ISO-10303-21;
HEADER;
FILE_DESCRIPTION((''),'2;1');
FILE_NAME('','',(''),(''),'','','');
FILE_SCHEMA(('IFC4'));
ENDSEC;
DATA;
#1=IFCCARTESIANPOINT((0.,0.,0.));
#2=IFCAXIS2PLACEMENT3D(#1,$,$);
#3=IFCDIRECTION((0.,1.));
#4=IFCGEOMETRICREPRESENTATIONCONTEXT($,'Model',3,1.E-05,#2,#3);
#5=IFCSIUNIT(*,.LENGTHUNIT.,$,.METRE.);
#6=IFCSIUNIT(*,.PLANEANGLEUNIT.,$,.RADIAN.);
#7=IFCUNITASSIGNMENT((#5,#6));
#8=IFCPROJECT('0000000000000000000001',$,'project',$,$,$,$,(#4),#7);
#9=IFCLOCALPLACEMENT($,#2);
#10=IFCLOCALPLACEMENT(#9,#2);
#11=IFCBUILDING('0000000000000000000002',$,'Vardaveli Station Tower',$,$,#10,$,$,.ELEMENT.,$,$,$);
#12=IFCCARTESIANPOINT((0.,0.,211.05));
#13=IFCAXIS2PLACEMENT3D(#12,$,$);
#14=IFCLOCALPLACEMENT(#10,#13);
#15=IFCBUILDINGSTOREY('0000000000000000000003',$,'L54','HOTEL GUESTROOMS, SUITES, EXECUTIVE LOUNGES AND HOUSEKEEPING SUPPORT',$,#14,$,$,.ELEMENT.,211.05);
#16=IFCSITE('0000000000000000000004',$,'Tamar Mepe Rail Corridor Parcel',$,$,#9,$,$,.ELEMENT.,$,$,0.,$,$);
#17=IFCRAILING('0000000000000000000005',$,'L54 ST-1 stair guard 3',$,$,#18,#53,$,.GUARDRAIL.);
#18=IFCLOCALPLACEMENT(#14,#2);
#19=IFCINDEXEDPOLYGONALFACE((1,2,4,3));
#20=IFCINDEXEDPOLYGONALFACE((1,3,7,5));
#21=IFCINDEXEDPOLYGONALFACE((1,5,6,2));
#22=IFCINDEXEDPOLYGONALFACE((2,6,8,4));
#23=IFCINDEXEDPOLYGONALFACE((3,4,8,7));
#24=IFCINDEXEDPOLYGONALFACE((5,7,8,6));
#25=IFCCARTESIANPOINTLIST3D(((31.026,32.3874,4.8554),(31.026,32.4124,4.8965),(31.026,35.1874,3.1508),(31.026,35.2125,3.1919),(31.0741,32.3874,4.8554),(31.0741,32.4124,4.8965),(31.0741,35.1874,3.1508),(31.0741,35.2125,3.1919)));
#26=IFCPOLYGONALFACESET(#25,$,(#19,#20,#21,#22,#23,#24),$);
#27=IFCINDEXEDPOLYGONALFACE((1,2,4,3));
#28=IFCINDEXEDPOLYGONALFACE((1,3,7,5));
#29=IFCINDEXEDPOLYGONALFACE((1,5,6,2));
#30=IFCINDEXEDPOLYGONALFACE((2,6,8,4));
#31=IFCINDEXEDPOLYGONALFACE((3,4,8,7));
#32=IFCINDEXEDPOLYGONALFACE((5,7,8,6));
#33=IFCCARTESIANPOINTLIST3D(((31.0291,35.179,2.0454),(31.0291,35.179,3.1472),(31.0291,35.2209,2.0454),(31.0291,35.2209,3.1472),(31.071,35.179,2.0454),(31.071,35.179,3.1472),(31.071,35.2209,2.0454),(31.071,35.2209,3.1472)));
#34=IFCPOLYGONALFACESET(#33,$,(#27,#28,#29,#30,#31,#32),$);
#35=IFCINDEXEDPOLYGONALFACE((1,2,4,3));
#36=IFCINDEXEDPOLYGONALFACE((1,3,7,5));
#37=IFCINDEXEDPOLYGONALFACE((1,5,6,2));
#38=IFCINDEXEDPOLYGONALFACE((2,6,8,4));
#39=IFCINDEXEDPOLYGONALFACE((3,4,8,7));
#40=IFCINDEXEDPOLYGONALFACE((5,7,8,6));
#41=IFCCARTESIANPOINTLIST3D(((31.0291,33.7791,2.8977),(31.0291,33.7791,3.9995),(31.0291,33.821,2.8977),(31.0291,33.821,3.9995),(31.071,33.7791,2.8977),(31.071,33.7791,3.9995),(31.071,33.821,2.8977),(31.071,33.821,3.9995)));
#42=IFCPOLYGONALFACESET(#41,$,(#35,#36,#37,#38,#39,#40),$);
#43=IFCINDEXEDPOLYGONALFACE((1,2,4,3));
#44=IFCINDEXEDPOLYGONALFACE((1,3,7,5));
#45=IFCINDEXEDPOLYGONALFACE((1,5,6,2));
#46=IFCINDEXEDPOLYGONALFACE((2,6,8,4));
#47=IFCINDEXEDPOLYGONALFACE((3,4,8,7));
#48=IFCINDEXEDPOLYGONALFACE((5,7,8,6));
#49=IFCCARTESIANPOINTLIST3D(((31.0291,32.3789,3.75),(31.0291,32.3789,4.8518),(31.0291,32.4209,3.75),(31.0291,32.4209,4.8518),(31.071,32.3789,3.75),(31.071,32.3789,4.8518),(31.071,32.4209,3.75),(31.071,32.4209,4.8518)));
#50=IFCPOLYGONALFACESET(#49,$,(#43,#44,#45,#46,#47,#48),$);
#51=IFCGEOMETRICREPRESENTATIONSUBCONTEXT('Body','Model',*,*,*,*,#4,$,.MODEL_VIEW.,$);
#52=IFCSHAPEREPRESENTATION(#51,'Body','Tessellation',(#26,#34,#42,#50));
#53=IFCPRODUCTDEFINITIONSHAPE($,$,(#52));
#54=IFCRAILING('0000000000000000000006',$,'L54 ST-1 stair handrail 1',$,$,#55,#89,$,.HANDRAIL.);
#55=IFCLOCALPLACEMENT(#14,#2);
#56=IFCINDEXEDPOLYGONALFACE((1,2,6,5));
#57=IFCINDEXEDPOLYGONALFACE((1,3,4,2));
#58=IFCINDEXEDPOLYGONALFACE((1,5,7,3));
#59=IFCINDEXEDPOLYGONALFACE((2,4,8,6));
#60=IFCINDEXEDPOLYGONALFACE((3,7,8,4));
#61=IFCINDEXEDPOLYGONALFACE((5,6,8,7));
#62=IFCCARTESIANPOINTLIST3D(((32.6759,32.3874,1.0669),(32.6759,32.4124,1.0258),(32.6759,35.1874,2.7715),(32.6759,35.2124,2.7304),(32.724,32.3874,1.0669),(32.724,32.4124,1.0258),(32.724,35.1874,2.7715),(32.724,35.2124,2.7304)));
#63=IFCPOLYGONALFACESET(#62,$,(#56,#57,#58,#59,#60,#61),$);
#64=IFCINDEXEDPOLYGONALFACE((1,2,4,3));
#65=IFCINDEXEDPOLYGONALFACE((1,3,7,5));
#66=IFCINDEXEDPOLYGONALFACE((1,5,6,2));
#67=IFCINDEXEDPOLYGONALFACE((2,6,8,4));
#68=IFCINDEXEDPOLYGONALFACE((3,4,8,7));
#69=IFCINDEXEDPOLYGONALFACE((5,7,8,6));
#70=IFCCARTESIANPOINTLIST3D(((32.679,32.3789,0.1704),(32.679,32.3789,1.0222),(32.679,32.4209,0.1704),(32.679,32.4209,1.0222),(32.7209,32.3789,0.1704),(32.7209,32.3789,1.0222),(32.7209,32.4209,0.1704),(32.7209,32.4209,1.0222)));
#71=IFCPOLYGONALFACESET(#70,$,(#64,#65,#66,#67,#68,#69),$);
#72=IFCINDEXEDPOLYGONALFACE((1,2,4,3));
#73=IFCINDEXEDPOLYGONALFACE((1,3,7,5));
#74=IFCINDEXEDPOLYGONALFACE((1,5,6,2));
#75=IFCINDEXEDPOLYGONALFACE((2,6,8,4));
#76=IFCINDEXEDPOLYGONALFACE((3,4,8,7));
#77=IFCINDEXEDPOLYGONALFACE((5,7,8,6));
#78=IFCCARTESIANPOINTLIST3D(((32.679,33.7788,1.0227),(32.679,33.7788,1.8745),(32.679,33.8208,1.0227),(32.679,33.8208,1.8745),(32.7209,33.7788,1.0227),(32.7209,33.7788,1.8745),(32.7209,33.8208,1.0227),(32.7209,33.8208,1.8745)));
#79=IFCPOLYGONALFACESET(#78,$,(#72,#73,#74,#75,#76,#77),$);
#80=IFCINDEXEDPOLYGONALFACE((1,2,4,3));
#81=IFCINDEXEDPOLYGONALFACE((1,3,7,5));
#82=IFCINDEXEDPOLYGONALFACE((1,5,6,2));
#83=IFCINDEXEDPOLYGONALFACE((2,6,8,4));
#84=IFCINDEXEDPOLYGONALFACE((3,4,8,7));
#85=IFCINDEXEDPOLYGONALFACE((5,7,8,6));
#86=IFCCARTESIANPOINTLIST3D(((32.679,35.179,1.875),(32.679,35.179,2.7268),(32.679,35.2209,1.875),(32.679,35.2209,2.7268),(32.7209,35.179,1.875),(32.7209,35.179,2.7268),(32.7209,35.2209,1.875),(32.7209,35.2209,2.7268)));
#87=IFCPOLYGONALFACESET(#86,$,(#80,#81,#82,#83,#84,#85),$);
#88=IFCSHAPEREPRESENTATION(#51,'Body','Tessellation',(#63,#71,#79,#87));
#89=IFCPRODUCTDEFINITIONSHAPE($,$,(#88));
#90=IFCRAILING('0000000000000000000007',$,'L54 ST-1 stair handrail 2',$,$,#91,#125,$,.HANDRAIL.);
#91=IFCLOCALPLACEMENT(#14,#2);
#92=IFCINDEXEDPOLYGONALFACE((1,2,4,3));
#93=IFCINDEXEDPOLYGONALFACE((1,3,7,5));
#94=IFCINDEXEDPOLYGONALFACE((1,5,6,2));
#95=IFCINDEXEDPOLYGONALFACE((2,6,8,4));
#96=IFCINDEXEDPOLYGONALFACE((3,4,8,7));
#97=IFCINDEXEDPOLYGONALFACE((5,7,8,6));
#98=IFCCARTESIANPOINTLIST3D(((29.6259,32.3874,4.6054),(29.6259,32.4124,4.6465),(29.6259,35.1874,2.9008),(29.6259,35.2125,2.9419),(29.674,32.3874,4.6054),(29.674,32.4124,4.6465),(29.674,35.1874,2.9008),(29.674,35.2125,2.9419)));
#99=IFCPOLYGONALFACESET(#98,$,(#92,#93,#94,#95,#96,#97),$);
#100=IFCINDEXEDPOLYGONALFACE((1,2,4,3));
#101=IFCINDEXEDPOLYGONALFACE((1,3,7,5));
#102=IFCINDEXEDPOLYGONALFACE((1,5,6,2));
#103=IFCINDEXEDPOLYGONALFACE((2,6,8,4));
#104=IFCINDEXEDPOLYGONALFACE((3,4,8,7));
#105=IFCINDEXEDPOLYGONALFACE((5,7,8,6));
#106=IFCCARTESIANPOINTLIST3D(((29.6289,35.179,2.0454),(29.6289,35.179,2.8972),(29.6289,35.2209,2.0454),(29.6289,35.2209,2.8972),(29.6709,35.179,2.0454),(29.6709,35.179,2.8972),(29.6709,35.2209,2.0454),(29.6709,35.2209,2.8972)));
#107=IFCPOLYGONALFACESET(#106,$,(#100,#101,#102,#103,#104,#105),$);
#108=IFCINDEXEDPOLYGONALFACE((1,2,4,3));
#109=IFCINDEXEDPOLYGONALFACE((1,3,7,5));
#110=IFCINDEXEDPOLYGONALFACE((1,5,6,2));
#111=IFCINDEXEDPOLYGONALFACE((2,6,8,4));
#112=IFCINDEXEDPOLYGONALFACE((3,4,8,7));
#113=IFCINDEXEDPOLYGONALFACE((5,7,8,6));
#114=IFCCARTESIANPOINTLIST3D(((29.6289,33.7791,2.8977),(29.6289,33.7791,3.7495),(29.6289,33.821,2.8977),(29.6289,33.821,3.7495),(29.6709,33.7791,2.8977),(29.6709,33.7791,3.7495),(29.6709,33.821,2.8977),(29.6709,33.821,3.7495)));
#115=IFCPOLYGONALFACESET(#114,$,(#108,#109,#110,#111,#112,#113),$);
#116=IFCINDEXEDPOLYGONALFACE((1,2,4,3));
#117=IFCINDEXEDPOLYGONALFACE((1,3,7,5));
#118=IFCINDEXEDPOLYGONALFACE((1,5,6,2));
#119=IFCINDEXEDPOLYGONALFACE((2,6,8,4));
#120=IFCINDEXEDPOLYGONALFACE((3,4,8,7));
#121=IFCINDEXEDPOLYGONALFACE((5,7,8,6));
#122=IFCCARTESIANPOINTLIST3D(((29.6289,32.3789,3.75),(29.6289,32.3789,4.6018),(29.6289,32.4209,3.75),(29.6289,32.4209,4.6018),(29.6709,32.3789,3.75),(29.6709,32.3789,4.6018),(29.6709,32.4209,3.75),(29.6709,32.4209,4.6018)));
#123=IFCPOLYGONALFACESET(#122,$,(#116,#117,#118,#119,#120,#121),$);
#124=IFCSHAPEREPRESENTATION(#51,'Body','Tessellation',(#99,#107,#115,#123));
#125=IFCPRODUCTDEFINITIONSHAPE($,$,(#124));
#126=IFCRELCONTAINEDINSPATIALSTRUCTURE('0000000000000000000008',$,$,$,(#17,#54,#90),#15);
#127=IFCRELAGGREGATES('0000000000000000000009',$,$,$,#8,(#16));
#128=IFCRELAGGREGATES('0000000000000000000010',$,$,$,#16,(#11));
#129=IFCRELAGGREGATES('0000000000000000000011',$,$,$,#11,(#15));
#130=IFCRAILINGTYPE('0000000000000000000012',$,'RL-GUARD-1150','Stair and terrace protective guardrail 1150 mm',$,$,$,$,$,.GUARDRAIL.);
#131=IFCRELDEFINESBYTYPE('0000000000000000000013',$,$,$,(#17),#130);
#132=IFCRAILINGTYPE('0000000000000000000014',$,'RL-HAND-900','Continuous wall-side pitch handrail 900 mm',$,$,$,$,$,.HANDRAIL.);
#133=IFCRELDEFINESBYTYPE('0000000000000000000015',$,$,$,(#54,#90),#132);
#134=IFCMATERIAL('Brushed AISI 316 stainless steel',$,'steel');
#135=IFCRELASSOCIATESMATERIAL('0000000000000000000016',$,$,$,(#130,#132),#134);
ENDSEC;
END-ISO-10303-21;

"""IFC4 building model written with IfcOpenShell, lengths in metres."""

from ifc_helpers import new_model, si_unit, direction, frame, origin, origin_2d, place, context, subcontext, project, spatial, rectangle, extrude, source, transform, mapped, material, type_object, element, save


model = new_model("IFC4")

# Units and contexts
model_context = context("Model", 3, precision=1e-05, world=origin(), true_north=direction((0.0, 1.0)))
body_context = subcontext(model_context, "Body", "Model", "MODEL_VIEW")
ifc_project = project(units=[si_unit("LENGTHUNIT", "METRE"), si_unit("PLANEANGLEUNIT", "RADIAN")], contexts=[model_context])

# Site, building, storey
site_placement = place(None, origin())
site = spatial("IfcSite", under=ifc_project, at=site_placement, Name="Tamar Mepe Rail Corridor Parcel", CompositionType="ELEMENT", RefElevation=0.0)
building_placement = place(site_placement, origin())
building = spatial("IfcBuilding", under=site, at=building_placement, Name="Vardaveli Station Tower", CompositionType="ELEMENT")
storey_placement = place(building_placement, frame((0.0, 0.0, 211.05)))
storey = spatial("IfcBuildingStorey", under=building, at=storey_placement, Name="L54", Description="HOTEL GUESTROOMS, SUITES, EXECUTIVE LOUNGES AND HOUSEKEEPING SUPPORT", CompositionType="ELEMENT", Elevation=211.05)

# Railings
ifc_material_1 = material(Name="Brushed AISI 316 stainless steel", Category="steel")
railing_type_1 = type_object("IfcRailingType", Name="RL-GUARD-1150", Description="Stair and terrace protective guardrail 1150 mm", PredefinedType="GUARDRAIL", material=ifc_material_1)
shared_shape_1 = source(origin(), body_context, "Body", "SweptSolid", [
    extrude(rectangle(XDim=0.0481, YDim=0.0481, at=origin_2d()), frame((0.0, 0.0, 1.126), z_axis=(0.0, -0.85417, 0.519994), x_axis=(1.0, 0.0, 0.0)), (0.0, 0.0, 1.0), 3.2781),
    extrude(rectangle(XDim=0.042, YDim=0.042, at=origin_2d()), origin(), (0.0, 0.0, 1.0), 1.1018),
    extrude(rectangle(XDim=0.042, YDim=0.042, at=origin_2d()), frame((0.0, -1.3999, 0.8523)), (0.0, 0.0, 1.0), 1.1018),
    extrude(rectangle(XDim=0.042, YDim=0.042, at=origin_2d()), frame((0.0, -2.8, 1.7046)), (0.0, 0.0, 1.0), 1.1018),
])
railing_1_placement = place(storey_placement, frame((31.05, 35.2, 2.0454)))
element("IfcRailing", 1, at=railing_1_placement, inside=storey, type_object=railing_type_1, Name="L54 ST-1 stair guard 3", PredefinedType="GUARDRAIL", context=body_context, shape_type="MappedRepresentation", body=[
    mapped(shared_shape_1, transform((0.0, 0.0, 0.0), scale=1.0)),
])
railing_type_2 = type_object("IfcRailingType", Name="RL-HAND-900", Description="Continuous wall-side pitch handrail 900 mm", PredefinedType="HANDRAIL", material=ifc_material_1)
shared_shape_2 = source(origin(), body_context, "Body", "SweptSolid", [
    extrude(rectangle(XDim=0.0481, YDim=0.0481, at=origin_2d()), frame((0.0, 0.0, 0.876), z_axis=(0.0, 0.85417, 0.519994), x_axis=(-1.0, 0.0, 0.0)), (0.0, 0.0, 1.0), 3.2781),
    extrude(rectangle(XDim=0.042, YDim=0.042, at=origin_2d()), origin(), (0.0, 0.0, 1.0), 0.8518),
    extrude(rectangle(XDim=0.042, YDim=0.042, at=origin_2d()), frame((0.0, 1.3999, 0.8523)), (0.0, 0.0, 1.0), 0.8518),
    extrude(rectangle(XDim=0.042, YDim=0.042, at=origin_2d()), frame((0.0, 2.8, 1.7046)), (0.0, 0.0, 1.0), 0.8518),
])
railing_2_placement = place(storey_placement, frame((32.7, 32.3999, 0.1704)))
element("IfcRailing", 2, at=railing_2_placement, inside=storey, type_object=railing_type_2, Name="L54 ST-1 stair handrail 1", PredefinedType="HANDRAIL", context=body_context, shape_type="MappedRepresentation", body=[
    mapped(shared_shape_2, transform((0.0, 0.0, 0.0), scale=1.0)),
])
shared_shape_3 = source(origin(), body_context, "Body", "SweptSolid", [
    extrude(rectangle(XDim=0.0481, YDim=0.0481, at=origin_2d()), frame((0.0, 0.0, 0.876), z_axis=(0.0, -0.85417, 0.519994), x_axis=(1.0, 0.0, 0.0)), (0.0, 0.0, 1.0), 3.2781),
    extrude(rectangle(XDim=0.042, YDim=0.042, at=origin_2d()), origin(), (0.0, 0.0, 1.0), 0.8518),
    extrude(rectangle(XDim=0.042, YDim=0.042, at=origin_2d()), frame((0.0, -1.3999, 0.8523)), (0.0, 0.0, 1.0), 0.8518),
    extrude(rectangle(XDim=0.042, YDim=0.042, at=origin_2d()), frame((0.0, -2.8, 1.7046)), (0.0, 0.0, 1.0), 0.8518),
])
railing_3_placement = place(storey_placement, frame((29.6499, 35.2, 2.0454)))
element("IfcRailing", 3, at=railing_3_placement, inside=storey, type_object=railing_type_2, Name="L54 ST-1 stair handrail 2", PredefinedType="HANDRAIL", context=body_context, shape_type="MappedRepresentation", body=[
    mapped(shared_shape_3, transform((0.0, 0.0, 0.0), scale=1.0)),
])

save(model, "model.ifc")
